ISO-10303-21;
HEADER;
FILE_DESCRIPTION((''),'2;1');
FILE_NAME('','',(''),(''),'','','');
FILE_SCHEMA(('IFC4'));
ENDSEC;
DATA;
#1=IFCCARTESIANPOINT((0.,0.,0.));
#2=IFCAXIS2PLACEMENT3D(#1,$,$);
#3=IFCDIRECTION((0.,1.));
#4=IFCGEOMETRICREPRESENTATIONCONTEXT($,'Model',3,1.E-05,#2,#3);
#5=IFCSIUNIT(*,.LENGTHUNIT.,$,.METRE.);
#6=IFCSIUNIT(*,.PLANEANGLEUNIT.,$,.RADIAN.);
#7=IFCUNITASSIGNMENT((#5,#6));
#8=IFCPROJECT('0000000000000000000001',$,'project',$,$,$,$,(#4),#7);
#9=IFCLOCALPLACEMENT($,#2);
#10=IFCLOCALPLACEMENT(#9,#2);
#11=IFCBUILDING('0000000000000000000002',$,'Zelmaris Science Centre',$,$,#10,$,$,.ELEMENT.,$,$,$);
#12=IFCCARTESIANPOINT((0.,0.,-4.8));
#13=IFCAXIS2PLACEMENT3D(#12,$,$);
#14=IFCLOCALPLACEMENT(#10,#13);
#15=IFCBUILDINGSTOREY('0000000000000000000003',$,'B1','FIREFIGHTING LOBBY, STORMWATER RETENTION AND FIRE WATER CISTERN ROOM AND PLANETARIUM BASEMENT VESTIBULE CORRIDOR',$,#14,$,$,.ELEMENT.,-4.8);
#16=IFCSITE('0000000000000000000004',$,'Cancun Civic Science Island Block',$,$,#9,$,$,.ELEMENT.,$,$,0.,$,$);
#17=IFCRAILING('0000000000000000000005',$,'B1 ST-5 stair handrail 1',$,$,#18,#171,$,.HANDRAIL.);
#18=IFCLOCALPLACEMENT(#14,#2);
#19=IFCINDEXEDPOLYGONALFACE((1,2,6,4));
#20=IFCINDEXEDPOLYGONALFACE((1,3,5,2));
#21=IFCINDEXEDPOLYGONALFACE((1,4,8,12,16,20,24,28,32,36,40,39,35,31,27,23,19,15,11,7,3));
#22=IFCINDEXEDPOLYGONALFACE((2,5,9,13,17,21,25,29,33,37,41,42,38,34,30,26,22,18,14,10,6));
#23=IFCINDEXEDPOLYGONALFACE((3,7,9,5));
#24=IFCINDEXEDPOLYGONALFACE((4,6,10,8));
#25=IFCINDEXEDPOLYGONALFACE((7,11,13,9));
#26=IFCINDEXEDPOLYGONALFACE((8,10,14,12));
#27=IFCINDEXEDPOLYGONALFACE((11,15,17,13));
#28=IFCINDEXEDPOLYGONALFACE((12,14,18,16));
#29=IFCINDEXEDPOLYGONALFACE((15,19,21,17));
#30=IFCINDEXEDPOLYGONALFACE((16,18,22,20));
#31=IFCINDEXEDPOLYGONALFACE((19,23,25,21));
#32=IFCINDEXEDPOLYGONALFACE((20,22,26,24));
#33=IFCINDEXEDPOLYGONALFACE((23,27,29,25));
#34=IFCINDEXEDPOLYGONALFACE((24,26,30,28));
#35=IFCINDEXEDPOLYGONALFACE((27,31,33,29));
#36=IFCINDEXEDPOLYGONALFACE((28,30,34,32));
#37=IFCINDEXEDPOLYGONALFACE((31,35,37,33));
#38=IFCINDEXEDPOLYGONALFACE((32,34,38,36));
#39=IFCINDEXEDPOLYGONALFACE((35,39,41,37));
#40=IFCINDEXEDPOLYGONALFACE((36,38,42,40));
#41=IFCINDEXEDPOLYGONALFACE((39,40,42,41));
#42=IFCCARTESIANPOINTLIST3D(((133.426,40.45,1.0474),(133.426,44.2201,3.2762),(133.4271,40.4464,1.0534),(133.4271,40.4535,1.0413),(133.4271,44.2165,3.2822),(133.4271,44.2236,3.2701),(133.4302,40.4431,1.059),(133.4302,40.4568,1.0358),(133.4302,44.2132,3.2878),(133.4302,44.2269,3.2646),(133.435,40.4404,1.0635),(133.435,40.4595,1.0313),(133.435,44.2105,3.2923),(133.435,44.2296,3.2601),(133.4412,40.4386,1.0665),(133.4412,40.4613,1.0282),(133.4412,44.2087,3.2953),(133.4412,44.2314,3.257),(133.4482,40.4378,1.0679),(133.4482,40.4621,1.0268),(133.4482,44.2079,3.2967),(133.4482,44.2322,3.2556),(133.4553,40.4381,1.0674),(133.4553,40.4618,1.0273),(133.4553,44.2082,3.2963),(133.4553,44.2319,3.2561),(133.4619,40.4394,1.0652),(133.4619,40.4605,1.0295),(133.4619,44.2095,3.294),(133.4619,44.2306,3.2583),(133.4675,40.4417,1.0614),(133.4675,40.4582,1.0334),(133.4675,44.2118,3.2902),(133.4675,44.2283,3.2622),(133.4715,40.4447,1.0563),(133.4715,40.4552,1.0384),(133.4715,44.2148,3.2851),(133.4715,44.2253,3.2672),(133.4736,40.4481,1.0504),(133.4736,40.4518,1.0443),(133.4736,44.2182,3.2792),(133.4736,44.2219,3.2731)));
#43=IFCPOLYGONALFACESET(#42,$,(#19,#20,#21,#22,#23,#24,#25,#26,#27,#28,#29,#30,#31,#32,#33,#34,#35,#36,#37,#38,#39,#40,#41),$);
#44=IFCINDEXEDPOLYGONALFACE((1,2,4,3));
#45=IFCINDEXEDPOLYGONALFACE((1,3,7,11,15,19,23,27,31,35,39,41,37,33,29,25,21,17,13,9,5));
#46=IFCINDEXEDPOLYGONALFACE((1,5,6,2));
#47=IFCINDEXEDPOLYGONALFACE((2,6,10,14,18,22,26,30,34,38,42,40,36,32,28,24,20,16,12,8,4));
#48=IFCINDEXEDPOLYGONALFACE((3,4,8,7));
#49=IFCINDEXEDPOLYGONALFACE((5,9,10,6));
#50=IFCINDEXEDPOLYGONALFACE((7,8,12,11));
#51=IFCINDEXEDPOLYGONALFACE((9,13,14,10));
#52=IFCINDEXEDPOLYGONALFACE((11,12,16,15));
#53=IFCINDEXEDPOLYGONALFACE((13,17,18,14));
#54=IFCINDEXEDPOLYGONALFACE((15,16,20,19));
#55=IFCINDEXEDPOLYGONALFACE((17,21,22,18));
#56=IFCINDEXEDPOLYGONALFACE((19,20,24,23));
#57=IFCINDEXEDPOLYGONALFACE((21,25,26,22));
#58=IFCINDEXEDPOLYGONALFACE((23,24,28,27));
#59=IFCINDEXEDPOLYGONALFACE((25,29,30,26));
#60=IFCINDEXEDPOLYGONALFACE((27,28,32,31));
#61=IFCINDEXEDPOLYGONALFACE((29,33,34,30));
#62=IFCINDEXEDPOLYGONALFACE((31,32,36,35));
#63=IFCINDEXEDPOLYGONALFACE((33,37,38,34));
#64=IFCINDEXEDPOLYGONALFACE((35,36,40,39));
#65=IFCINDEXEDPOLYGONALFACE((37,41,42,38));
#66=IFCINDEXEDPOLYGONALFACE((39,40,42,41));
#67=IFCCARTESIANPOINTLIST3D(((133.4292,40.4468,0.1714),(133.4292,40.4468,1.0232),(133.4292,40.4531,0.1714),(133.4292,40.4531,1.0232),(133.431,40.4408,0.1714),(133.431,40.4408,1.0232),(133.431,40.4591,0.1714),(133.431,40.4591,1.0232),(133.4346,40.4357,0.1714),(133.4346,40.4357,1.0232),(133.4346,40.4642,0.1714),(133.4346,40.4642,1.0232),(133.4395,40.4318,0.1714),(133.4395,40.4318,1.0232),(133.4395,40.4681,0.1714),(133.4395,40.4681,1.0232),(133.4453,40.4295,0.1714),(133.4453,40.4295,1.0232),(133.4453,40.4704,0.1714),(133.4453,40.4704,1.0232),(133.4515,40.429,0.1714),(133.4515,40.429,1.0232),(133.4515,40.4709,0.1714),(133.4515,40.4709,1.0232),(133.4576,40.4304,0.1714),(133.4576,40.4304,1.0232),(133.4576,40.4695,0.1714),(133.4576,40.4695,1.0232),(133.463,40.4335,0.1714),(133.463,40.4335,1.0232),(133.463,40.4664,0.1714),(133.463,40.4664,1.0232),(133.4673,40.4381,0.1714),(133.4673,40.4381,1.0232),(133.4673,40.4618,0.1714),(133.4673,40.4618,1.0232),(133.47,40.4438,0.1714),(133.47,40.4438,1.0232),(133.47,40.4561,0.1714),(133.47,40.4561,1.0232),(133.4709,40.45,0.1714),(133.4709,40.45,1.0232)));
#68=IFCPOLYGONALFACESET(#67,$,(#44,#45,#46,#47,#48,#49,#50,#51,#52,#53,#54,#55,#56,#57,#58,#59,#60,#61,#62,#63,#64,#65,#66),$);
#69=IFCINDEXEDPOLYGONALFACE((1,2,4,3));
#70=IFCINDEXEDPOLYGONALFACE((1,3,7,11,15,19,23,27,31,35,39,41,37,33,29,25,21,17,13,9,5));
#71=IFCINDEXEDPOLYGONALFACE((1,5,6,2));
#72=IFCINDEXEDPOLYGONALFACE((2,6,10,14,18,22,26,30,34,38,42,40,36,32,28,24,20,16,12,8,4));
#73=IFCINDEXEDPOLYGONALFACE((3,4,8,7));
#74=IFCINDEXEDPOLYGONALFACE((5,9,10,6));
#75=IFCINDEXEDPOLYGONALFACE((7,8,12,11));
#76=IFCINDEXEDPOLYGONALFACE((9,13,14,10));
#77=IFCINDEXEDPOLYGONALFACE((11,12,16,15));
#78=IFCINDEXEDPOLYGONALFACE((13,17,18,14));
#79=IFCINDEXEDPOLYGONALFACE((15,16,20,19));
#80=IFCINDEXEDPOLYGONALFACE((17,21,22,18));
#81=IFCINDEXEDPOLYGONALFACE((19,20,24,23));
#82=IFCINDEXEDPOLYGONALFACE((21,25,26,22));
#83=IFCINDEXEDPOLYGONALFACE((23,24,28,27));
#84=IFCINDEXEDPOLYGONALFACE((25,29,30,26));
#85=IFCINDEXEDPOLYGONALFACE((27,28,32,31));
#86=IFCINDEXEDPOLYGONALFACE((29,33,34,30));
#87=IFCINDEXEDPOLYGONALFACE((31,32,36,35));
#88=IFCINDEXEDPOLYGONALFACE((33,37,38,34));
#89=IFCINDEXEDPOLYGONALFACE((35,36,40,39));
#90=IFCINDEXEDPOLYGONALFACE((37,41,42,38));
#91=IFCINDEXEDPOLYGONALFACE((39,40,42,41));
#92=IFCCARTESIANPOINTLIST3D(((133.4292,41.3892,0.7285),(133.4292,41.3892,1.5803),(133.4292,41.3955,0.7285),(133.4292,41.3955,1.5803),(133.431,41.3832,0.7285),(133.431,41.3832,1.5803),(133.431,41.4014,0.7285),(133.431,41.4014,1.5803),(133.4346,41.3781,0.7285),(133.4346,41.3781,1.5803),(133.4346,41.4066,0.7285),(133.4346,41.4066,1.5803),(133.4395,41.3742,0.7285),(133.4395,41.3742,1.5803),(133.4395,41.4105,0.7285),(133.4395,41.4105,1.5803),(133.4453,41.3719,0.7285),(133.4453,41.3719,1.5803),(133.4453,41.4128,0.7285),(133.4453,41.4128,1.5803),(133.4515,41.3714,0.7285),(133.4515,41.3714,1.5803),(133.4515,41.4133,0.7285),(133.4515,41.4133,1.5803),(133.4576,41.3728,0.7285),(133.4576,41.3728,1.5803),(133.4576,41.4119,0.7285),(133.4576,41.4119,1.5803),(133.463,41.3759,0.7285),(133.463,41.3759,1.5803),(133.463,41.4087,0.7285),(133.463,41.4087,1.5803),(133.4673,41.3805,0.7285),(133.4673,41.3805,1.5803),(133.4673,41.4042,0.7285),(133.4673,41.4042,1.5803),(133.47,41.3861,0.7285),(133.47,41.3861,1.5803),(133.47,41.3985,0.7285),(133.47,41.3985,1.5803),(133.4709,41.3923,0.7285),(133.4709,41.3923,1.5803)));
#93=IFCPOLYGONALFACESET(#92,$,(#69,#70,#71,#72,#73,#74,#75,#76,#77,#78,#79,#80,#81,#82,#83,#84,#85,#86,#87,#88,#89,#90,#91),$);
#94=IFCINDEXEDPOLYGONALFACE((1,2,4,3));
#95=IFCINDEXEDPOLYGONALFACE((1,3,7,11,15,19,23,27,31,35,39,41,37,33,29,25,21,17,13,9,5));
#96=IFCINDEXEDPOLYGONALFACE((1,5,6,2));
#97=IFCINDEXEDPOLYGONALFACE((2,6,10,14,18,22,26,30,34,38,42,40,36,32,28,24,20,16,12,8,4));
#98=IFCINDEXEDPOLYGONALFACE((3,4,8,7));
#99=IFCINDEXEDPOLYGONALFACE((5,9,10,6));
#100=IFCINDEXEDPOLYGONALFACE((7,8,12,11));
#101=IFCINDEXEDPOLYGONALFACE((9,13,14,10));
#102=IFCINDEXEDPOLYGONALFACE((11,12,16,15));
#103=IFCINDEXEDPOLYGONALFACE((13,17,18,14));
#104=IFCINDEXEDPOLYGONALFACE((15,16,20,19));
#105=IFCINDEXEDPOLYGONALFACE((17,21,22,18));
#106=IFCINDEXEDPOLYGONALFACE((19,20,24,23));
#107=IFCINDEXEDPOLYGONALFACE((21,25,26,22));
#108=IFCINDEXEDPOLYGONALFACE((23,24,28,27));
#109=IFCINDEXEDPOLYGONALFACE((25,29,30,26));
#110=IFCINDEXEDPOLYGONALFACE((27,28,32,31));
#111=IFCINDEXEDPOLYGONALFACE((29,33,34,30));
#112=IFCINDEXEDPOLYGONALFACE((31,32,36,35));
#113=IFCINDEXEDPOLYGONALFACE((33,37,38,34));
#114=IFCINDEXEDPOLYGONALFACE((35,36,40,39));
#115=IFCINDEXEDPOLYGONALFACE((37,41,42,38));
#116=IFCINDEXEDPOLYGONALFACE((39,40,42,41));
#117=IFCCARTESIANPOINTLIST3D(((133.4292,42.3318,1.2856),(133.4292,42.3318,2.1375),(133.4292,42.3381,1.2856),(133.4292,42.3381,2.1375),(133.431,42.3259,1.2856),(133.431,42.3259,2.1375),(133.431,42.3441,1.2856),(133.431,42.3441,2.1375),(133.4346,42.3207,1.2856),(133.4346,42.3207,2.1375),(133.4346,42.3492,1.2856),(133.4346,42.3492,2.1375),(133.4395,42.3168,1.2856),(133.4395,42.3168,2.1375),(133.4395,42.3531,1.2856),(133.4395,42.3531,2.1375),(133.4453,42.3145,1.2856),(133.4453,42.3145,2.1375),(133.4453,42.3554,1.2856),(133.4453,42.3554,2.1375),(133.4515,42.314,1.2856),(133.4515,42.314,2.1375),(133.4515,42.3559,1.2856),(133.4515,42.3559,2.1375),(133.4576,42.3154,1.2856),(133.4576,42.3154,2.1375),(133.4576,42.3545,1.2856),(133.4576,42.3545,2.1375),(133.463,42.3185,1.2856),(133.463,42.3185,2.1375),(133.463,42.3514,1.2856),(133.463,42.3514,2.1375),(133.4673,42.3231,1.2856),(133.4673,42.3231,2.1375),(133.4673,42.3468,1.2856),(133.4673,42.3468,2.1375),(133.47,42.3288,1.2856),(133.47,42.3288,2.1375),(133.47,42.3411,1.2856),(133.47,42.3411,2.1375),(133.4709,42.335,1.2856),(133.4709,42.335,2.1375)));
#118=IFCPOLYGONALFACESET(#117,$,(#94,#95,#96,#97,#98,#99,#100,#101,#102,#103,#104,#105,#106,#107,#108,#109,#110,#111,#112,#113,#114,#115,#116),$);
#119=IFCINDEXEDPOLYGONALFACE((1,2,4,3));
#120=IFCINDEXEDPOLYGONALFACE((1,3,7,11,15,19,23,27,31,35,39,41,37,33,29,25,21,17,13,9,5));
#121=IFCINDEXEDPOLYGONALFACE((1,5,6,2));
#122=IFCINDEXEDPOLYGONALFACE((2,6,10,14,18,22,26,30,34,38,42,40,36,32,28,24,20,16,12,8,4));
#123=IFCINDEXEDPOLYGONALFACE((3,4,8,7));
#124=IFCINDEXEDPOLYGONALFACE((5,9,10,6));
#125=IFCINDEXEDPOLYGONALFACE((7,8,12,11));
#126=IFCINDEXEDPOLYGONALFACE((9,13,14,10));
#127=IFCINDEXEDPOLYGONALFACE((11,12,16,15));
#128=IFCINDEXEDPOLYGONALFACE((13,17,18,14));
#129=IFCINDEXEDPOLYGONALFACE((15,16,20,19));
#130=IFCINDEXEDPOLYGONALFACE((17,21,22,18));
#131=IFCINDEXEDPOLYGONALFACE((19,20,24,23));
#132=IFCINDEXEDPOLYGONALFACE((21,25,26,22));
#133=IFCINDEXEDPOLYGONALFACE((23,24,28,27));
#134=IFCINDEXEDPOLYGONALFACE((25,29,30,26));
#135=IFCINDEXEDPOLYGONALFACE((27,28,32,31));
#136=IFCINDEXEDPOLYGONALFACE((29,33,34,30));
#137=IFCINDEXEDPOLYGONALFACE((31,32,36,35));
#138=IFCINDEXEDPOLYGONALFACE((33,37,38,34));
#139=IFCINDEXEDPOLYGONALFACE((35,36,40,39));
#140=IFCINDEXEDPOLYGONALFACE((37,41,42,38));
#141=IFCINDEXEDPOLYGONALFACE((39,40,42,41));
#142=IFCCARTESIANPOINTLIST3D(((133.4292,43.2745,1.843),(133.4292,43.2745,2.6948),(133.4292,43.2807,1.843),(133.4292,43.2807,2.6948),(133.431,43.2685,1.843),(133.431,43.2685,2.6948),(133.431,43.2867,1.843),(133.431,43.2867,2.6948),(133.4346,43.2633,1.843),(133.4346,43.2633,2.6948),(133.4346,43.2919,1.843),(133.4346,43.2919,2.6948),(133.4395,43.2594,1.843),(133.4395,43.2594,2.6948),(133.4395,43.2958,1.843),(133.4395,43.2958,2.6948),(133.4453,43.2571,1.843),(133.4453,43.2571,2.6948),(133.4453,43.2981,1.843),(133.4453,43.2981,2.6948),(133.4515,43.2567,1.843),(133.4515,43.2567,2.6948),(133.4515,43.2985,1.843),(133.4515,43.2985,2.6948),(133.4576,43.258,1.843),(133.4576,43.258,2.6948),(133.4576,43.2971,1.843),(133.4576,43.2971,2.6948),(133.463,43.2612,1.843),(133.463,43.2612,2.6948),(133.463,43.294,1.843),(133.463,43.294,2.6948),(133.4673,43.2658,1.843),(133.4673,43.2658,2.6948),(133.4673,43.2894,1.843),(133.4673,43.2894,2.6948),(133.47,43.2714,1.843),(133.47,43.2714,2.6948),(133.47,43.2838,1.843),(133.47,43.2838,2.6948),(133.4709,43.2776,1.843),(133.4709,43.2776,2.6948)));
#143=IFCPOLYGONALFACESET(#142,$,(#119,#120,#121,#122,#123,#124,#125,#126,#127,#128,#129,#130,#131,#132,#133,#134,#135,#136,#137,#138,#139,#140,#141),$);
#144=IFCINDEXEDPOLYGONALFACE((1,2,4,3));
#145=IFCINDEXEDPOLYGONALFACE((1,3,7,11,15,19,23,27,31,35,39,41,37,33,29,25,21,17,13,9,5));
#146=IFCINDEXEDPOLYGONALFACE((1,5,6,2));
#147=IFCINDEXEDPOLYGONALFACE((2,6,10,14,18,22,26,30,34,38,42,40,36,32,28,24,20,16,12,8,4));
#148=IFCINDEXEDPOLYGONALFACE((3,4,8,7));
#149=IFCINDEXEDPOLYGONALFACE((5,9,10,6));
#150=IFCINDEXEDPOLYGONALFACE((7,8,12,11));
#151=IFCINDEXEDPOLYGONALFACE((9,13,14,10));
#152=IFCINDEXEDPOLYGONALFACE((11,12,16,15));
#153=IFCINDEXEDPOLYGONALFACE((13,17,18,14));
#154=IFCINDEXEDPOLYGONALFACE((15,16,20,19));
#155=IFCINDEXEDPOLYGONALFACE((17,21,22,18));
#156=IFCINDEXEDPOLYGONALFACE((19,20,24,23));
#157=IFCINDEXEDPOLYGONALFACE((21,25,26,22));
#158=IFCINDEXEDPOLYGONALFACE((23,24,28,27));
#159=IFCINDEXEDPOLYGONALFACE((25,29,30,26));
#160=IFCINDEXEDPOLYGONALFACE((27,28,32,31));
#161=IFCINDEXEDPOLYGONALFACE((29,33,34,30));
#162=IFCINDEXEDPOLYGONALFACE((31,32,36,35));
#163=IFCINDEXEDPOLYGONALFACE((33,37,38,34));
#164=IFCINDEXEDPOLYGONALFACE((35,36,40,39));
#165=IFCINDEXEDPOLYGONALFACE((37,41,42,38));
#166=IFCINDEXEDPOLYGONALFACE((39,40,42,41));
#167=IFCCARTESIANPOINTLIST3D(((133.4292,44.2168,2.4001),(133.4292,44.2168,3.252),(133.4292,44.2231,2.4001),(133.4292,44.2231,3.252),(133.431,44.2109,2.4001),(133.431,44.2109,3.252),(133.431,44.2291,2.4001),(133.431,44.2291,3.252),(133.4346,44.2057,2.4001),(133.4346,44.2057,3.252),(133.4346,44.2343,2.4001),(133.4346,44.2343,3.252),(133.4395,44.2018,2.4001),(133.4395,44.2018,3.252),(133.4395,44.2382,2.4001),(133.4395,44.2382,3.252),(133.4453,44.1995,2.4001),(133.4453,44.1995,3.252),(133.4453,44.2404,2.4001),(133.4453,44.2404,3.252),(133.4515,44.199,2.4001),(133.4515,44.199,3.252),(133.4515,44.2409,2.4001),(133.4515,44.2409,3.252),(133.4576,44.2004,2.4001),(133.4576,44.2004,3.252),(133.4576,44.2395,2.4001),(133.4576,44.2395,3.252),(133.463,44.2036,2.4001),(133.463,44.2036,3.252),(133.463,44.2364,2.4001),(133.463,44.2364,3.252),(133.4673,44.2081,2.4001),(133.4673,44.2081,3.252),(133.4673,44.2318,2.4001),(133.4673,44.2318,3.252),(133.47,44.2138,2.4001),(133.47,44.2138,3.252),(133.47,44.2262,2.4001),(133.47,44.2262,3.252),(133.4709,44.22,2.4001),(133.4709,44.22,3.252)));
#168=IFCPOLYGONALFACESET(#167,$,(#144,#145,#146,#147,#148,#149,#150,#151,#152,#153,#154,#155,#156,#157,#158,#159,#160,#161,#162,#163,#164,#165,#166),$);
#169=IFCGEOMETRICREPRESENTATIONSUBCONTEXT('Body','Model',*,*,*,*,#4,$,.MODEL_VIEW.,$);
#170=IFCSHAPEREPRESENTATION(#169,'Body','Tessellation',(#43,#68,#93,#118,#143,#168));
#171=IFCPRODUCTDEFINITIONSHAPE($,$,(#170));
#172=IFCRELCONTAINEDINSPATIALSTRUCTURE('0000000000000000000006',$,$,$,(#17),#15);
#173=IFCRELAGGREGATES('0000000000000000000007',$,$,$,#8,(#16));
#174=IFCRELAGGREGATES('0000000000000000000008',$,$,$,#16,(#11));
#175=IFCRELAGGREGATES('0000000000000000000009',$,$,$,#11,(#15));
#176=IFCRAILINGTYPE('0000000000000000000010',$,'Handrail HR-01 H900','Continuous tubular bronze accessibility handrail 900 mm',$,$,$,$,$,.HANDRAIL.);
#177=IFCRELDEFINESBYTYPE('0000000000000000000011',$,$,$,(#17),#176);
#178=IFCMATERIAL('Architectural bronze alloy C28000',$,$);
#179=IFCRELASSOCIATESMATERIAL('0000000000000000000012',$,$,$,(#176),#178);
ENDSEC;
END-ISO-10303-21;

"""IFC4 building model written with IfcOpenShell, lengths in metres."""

from ifc_helpers import new_model, si_unit, direction, frame, origin, origin_2d, place, context, subcontext, project, spatial, circle, extrude, material, type_object, element, save


model = new_model("IFC4")

# Units and contexts
model_context = context("Model", 3, precision=1e-05, world=origin(), true_north=direction((0.0, 1.0)))
body_context = subcontext(model_context, "Body", "Model", "MODEL_VIEW")
ifc_project = project(units=[si_unit("LENGTHUNIT", "METRE"), si_unit("PLANEANGLEUNIT", "RADIAN")], contexts=[model_context])

# Site, building, storey
site_placement = place(None, origin())
site = spatial("IfcSite", under=ifc_project, at=site_placement, Name="Cancun Civic Science Island Block", CompositionType="ELEMENT", RefElevation=0.0)
building_placement = place(site_placement, origin())
building = spatial("IfcBuilding", under=site, at=building_placement, Name="Zelmaris Science Centre", CompositionType="ELEMENT")
storey_placement = place(building_placement, frame((0.0, 0.0, -4.8)))
storey = spatial("IfcBuildingStorey", under=building, at=storey_placement, Name="B1", Description="FIREFIGHTING LOBBY, STORMWATER RETENTION AND FIRE WATER CISTERN ROOM AND PLANETARIUM BASEMENT VESTIBULE CORRIDOR", CompositionType="ELEMENT", Elevation=-4.8)

# Railing
ifc_material_1 = material(Name="Architectural bronze alloy C28000")
railing_type_1 = type_object("IfcRailingType", Name="Handrail HR-01 H900", Description="Continuous tubular bronze accessibility handrail 900 mm", PredefinedType="HANDRAIL", material=ifc_material_1)
railing_1_placement = place(storey_placement, frame((133.45, 40.45, 0.1714)))
element("IfcRailing", 1, at=railing_1_placement, inside=storey, type_object=railing_type_1, Name="B1 ST-5 stair handrail 1", PredefinedType="HANDRAIL", context=body_context, shape_type="SweptSolid", body=[
    extrude(circle(Radius=0.0239, at=origin_2d()), frame((0.0, 0.0, 0.876), z_axis=(0.0, 0.860824, 0.508902), x_axis=(-1.0, 0.0, 0.0)), (0.0, 0.0, 1.0), 4.3796),
    extrude(circle(Radius=0.021, at=origin_2d()), origin(), (0.0, 0.0, 1.0), 0.8518),
    extrude(circle(Radius=0.021, at=origin_2d()), frame((0.0, 0.9424, 0.5571)), (0.0, 0.0, 1.0), 0.8518),
    extrude(circle(Radius=0.021, at=origin_2d()), frame((0.0, 1.885, 1.1143)), (0.0, 0.0, 1.0), 0.8518),
    extrude(circle(Radius=0.021, at=origin_2d()), frame((0.0, 2.8276, 1.6716)), (0.0, 0.0, 1.0), 0.8518),
    extrude(circle(Radius=0.021, at=origin_2d()), frame((0.0, 3.77, 2.2288)), (0.0, 0.0, 1.0), 0.8518),
])

save(model, "model.ifc")
